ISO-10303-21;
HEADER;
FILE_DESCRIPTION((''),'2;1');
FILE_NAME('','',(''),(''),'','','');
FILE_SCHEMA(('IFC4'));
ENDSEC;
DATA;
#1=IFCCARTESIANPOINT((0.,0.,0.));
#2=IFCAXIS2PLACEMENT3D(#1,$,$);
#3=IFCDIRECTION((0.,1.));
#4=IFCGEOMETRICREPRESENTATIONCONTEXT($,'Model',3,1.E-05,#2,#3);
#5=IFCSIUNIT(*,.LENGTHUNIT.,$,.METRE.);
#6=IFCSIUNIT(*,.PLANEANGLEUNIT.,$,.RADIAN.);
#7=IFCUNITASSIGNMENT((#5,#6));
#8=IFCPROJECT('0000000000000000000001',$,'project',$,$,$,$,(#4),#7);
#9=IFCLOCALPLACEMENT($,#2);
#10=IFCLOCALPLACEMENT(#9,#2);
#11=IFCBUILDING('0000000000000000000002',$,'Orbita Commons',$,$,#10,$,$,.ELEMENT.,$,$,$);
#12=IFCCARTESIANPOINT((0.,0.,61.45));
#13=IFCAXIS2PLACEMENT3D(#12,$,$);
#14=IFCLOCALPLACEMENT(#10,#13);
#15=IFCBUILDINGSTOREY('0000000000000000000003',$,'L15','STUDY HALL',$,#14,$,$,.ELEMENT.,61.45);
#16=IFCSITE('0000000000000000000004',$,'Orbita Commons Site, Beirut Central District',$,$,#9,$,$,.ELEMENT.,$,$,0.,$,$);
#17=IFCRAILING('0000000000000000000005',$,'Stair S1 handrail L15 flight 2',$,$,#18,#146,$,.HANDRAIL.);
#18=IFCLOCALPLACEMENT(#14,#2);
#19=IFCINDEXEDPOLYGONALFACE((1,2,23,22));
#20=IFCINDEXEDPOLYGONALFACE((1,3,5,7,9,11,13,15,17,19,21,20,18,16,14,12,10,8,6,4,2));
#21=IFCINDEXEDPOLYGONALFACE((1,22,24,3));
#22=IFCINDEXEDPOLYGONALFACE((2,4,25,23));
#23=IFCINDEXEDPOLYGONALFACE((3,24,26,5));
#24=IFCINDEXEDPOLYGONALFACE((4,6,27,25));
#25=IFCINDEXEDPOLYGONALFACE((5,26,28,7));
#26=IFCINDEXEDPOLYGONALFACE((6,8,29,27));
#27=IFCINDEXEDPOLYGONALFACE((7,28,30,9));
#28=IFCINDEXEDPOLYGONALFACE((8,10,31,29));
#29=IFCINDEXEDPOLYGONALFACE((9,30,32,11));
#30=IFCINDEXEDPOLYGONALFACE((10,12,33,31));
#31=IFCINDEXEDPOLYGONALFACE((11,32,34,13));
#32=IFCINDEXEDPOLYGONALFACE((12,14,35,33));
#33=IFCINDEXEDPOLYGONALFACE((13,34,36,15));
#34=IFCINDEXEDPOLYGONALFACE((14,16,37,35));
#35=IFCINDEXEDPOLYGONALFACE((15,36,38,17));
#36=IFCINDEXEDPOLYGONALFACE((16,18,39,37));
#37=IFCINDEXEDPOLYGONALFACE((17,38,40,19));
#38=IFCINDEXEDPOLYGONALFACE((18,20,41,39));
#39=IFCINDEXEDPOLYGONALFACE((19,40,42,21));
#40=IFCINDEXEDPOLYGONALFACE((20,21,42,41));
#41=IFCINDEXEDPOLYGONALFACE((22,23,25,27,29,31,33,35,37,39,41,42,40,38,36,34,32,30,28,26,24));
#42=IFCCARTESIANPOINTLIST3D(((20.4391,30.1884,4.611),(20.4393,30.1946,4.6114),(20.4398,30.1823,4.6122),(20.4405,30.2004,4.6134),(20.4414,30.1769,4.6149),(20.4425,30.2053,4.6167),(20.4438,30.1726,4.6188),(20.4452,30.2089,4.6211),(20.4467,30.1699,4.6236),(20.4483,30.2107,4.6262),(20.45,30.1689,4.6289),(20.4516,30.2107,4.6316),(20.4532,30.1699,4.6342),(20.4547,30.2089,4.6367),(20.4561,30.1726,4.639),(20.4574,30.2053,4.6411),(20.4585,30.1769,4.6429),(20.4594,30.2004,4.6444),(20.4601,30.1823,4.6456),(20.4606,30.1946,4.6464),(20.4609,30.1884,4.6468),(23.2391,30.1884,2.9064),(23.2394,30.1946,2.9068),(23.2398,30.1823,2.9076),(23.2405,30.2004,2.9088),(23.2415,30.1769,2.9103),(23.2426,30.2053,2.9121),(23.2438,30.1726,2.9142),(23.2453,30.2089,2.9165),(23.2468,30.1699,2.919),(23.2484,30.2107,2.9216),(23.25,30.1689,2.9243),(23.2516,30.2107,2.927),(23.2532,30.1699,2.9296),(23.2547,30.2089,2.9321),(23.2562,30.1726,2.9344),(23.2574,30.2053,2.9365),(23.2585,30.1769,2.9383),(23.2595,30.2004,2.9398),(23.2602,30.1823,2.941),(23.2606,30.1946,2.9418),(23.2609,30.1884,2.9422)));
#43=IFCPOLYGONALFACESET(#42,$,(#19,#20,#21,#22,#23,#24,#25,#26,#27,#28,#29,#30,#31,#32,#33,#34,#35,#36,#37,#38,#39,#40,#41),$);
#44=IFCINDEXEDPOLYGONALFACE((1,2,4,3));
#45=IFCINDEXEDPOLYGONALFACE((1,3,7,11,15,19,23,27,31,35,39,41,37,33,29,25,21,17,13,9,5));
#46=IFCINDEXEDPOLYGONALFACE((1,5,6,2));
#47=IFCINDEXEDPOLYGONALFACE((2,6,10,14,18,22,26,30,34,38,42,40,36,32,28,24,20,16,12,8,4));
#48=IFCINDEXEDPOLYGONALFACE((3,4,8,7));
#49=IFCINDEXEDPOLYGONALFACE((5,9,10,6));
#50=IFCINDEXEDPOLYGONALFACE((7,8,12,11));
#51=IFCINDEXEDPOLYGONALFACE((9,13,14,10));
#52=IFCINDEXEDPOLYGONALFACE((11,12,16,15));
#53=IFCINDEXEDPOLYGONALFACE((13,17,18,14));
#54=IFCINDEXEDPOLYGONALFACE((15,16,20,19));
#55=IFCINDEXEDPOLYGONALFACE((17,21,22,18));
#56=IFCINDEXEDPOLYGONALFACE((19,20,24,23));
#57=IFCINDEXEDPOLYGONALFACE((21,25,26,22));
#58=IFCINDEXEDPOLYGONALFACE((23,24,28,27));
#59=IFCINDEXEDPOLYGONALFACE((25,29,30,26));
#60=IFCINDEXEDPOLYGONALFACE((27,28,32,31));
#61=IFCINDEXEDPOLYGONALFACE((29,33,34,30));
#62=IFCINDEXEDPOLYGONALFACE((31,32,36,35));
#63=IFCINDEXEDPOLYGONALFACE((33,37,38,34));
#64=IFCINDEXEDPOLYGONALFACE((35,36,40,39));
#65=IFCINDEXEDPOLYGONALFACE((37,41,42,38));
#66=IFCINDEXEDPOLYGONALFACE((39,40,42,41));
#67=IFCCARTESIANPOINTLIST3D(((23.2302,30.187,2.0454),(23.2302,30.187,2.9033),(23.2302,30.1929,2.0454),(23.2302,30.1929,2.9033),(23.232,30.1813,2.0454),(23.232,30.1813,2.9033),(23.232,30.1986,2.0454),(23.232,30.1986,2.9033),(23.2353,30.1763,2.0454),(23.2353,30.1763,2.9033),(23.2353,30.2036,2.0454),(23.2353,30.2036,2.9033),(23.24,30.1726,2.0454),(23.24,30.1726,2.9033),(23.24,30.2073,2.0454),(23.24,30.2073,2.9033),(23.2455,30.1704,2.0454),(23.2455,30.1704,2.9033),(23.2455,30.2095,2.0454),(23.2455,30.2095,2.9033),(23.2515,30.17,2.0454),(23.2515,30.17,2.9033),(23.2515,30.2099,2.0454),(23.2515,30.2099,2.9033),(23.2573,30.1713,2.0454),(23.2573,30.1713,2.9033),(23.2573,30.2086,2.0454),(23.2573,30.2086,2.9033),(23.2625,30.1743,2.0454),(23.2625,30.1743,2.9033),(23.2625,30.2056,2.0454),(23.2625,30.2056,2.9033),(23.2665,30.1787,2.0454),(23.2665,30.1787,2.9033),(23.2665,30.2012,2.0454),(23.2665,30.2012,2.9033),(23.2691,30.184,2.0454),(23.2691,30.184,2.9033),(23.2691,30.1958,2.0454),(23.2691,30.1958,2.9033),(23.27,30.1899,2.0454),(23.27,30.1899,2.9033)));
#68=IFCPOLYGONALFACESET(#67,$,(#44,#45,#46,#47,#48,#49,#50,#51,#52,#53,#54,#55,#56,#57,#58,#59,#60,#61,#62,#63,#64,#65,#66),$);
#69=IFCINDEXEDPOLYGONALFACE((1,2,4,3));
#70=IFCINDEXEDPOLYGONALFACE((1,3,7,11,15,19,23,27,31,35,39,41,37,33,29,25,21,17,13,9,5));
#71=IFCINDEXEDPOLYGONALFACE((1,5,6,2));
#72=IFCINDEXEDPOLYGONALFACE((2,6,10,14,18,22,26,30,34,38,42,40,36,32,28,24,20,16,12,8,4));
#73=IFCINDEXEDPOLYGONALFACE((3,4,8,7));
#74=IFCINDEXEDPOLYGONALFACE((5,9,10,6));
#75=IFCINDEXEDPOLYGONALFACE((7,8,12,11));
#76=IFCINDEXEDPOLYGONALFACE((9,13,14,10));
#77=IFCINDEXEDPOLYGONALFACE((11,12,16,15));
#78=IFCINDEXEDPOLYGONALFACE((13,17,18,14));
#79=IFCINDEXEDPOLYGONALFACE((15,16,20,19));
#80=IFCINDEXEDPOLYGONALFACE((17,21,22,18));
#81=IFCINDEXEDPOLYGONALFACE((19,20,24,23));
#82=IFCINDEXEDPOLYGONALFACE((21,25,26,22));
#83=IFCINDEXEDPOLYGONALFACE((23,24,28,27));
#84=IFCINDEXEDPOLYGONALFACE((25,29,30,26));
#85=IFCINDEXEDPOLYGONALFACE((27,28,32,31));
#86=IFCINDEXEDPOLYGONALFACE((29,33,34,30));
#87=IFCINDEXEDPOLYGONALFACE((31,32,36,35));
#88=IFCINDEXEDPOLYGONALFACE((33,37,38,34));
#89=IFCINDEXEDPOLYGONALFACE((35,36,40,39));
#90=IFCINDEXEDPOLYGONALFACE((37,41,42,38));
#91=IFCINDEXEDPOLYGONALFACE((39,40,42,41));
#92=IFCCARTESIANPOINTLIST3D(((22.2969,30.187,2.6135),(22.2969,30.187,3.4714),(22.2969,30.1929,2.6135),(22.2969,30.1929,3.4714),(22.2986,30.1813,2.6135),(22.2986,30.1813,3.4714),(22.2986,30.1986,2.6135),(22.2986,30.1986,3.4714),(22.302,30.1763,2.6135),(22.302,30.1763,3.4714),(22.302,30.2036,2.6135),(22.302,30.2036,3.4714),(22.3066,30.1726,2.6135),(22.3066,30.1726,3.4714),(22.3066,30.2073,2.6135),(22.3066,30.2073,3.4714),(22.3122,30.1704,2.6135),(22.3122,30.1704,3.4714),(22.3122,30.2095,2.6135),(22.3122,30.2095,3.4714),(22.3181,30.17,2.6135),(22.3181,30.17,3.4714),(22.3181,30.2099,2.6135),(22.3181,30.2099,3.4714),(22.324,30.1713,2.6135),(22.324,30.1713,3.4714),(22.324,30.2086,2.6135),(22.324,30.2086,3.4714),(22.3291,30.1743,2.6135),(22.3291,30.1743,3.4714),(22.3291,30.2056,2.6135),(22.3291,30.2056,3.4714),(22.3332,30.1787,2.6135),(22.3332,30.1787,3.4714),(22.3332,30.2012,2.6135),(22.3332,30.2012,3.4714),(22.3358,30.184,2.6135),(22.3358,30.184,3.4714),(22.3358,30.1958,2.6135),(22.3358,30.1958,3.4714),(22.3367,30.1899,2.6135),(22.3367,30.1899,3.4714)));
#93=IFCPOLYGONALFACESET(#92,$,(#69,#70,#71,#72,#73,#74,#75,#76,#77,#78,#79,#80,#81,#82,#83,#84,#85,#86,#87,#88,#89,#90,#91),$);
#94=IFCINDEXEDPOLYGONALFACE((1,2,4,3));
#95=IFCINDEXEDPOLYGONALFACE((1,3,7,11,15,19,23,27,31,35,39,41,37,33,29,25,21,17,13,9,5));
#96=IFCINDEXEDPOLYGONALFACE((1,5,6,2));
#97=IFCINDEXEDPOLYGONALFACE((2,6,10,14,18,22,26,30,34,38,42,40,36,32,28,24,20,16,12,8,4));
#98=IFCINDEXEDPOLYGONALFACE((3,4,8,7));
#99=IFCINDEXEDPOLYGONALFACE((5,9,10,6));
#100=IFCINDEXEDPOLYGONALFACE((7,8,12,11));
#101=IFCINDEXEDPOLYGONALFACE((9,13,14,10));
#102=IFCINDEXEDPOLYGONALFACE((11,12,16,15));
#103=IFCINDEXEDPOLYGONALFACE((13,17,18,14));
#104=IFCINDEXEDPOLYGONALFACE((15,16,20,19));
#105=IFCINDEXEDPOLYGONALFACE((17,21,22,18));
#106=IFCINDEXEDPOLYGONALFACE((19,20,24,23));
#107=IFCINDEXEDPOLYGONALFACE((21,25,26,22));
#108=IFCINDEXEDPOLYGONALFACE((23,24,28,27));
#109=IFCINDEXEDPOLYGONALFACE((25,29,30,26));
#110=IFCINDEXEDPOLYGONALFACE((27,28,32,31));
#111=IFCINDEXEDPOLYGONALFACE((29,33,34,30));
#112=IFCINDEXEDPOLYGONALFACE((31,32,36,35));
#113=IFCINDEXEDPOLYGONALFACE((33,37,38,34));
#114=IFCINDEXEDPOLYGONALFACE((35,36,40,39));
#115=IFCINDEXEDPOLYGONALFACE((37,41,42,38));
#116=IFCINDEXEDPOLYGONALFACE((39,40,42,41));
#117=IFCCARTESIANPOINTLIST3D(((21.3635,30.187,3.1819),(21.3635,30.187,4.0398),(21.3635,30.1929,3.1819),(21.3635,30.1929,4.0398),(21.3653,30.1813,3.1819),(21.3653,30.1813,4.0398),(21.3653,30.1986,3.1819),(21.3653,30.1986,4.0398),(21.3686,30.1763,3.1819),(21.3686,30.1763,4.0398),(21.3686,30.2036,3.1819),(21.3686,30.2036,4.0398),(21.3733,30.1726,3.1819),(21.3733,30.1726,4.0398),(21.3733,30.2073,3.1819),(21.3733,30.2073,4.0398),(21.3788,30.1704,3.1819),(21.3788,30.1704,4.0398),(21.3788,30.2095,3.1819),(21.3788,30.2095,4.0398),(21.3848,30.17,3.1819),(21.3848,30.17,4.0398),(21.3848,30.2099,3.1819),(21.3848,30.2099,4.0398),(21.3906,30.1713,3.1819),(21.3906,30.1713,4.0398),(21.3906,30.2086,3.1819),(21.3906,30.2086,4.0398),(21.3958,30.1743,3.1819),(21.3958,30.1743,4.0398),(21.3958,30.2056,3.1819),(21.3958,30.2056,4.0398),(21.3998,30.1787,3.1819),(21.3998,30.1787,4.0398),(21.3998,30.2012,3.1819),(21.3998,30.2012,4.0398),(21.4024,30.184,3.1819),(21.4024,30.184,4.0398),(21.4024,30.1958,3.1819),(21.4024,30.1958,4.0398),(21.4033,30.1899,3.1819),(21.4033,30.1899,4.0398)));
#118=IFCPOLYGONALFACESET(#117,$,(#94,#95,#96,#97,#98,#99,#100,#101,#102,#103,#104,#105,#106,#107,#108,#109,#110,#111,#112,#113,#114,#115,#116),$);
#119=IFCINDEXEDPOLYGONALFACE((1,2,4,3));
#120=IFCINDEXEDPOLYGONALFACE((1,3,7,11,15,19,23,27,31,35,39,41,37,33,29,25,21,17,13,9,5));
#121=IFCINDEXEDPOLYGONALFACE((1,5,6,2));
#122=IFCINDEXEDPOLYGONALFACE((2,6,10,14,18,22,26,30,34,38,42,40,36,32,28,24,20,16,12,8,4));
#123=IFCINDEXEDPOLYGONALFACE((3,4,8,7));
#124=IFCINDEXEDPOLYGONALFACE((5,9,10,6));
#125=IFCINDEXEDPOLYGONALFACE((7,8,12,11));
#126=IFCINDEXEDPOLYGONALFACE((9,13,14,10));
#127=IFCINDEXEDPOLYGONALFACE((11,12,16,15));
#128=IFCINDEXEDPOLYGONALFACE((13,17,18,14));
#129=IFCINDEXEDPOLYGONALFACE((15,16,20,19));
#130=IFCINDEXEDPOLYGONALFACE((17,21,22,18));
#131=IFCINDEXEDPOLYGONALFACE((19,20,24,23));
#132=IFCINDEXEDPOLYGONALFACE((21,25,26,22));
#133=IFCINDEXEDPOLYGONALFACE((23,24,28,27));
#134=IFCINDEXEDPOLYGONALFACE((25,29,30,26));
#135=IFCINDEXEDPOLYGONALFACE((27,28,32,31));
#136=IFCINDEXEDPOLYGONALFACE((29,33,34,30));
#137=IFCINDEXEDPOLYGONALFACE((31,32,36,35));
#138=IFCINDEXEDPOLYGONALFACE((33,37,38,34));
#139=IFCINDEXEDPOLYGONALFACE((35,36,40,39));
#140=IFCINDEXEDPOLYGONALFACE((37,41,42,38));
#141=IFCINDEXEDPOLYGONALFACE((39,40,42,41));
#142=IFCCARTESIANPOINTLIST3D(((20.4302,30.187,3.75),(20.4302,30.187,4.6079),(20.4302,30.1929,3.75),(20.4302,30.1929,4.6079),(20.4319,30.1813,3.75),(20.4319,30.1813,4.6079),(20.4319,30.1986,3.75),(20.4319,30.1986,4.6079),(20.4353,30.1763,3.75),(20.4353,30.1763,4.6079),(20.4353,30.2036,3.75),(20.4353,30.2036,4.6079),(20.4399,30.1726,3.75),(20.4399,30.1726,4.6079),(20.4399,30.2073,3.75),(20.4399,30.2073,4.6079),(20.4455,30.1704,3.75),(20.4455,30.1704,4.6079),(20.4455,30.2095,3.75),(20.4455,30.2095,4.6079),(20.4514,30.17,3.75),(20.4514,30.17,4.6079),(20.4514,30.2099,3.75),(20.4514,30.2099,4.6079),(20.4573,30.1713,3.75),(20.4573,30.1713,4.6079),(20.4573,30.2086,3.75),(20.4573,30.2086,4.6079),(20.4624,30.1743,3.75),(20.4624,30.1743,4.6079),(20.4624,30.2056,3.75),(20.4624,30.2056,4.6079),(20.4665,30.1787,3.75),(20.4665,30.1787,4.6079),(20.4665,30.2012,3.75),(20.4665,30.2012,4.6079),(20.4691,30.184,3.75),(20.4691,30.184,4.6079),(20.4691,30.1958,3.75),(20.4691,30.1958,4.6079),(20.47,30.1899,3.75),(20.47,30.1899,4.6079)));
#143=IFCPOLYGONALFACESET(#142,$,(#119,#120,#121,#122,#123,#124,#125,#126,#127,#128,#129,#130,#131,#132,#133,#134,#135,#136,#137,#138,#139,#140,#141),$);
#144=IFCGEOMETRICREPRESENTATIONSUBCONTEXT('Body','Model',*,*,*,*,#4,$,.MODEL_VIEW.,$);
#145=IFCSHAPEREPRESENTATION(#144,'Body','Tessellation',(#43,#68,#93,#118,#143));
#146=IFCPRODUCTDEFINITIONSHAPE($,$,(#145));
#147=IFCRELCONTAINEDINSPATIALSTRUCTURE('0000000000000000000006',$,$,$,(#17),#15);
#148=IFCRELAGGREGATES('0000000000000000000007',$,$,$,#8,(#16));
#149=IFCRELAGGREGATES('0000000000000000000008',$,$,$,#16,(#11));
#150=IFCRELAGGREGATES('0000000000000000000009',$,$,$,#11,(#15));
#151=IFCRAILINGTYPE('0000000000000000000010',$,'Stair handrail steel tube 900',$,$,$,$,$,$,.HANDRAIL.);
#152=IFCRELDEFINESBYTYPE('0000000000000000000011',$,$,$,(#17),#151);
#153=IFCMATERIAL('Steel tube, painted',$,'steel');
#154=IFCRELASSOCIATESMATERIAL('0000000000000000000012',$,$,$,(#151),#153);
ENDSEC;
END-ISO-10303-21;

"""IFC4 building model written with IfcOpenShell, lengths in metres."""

from ifc_helpers import new_model, si_unit, direction, frame, origin, origin_2d, place, context, subcontext, project, spatial, circle, extrude, material, type_object, element, save


model = new_model("IFC4")

# Units and contexts
model_context = context("Model", 3, precision=1e-05, world=origin(), true_north=direction((0.0, 1.0)))
body_context = subcontext(model_context, "Body", "Model", "MODEL_VIEW")
ifc_project = project(units=[si_unit("LENGTHUNIT", "METRE"), si_unit("PLANEANGLEUNIT", "RADIAN")], contexts=[model_context])

# Site, building, storey
site_placement = place(None, origin())
site = spatial("IfcSite", under=ifc_project, at=site_placement, Name="Orbita Commons Site, Beirut Central District", CompositionType="ELEMENT", RefElevation=0.0)
building_placement = place(site_placement, origin())
building = spatial("IfcBuilding", under=site, at=building_placement, Name="Orbita Commons", CompositionType="ELEMENT")
storey_placement = place(building_placement, frame((0.0, 0.0, 61.45)))
storey = spatial("IfcBuildingStorey", under=building, at=storey_placement, Name="L15", Description="STUDY HALL", CompositionType="ELEMENT", Elevation=61.45)

# Railing
ifc_material_1 = material(Name="Steel tube, painted", Category="steel")
railing_type = type_object("IfcRailingType", Name="Stair handrail steel tube 900", PredefinedType="HANDRAIL", material=ifc_material_1)
for number, where, name in (
    (1, (23.25, 30.1899, 2.0454), "Stair S1 handrail L15 flight 2"),
):
    element("IfcRailing", number, at=place(storey_placement, frame(where)), inside=storey, type_object=railing_type, Name=name, PredefinedType="HANDRAIL", context=body_context, shape_type="SweptSolid", body=[
        extrude(circle(Radius=0.021, at=origin_2d()), frame((0.0, 0.0, 0.8789), z_axis=(-0.85417, 0.0, 0.519994), x_axis=(0.0, -1.0, 0.0)), (0.0, 0.0, 1.0), 3.2781),
        extrude(circle(Radius=0.02, at=origin_2d()), origin(), (0.0, 0.0, 1.0), 0.8579),
        extrude(circle(Radius=0.02, at=origin_2d()), frame((-0.9333, 0.0, 0.5681)), (0.0, 0.0, 1.0), 0.8579),
        extrude(circle(Radius=0.02, at=origin_2d()), frame((-1.8667, 0.0, 1.1365)), (0.0, 0.0, 1.0), 0.8579),
        extrude(circle(Radius=0.02, at=origin_2d()), frame((-2.8, 0.0, 1.7046)), (0.0, 0.0, 1.0), 0.8579),
    ])

save(model, "model.ifc")
